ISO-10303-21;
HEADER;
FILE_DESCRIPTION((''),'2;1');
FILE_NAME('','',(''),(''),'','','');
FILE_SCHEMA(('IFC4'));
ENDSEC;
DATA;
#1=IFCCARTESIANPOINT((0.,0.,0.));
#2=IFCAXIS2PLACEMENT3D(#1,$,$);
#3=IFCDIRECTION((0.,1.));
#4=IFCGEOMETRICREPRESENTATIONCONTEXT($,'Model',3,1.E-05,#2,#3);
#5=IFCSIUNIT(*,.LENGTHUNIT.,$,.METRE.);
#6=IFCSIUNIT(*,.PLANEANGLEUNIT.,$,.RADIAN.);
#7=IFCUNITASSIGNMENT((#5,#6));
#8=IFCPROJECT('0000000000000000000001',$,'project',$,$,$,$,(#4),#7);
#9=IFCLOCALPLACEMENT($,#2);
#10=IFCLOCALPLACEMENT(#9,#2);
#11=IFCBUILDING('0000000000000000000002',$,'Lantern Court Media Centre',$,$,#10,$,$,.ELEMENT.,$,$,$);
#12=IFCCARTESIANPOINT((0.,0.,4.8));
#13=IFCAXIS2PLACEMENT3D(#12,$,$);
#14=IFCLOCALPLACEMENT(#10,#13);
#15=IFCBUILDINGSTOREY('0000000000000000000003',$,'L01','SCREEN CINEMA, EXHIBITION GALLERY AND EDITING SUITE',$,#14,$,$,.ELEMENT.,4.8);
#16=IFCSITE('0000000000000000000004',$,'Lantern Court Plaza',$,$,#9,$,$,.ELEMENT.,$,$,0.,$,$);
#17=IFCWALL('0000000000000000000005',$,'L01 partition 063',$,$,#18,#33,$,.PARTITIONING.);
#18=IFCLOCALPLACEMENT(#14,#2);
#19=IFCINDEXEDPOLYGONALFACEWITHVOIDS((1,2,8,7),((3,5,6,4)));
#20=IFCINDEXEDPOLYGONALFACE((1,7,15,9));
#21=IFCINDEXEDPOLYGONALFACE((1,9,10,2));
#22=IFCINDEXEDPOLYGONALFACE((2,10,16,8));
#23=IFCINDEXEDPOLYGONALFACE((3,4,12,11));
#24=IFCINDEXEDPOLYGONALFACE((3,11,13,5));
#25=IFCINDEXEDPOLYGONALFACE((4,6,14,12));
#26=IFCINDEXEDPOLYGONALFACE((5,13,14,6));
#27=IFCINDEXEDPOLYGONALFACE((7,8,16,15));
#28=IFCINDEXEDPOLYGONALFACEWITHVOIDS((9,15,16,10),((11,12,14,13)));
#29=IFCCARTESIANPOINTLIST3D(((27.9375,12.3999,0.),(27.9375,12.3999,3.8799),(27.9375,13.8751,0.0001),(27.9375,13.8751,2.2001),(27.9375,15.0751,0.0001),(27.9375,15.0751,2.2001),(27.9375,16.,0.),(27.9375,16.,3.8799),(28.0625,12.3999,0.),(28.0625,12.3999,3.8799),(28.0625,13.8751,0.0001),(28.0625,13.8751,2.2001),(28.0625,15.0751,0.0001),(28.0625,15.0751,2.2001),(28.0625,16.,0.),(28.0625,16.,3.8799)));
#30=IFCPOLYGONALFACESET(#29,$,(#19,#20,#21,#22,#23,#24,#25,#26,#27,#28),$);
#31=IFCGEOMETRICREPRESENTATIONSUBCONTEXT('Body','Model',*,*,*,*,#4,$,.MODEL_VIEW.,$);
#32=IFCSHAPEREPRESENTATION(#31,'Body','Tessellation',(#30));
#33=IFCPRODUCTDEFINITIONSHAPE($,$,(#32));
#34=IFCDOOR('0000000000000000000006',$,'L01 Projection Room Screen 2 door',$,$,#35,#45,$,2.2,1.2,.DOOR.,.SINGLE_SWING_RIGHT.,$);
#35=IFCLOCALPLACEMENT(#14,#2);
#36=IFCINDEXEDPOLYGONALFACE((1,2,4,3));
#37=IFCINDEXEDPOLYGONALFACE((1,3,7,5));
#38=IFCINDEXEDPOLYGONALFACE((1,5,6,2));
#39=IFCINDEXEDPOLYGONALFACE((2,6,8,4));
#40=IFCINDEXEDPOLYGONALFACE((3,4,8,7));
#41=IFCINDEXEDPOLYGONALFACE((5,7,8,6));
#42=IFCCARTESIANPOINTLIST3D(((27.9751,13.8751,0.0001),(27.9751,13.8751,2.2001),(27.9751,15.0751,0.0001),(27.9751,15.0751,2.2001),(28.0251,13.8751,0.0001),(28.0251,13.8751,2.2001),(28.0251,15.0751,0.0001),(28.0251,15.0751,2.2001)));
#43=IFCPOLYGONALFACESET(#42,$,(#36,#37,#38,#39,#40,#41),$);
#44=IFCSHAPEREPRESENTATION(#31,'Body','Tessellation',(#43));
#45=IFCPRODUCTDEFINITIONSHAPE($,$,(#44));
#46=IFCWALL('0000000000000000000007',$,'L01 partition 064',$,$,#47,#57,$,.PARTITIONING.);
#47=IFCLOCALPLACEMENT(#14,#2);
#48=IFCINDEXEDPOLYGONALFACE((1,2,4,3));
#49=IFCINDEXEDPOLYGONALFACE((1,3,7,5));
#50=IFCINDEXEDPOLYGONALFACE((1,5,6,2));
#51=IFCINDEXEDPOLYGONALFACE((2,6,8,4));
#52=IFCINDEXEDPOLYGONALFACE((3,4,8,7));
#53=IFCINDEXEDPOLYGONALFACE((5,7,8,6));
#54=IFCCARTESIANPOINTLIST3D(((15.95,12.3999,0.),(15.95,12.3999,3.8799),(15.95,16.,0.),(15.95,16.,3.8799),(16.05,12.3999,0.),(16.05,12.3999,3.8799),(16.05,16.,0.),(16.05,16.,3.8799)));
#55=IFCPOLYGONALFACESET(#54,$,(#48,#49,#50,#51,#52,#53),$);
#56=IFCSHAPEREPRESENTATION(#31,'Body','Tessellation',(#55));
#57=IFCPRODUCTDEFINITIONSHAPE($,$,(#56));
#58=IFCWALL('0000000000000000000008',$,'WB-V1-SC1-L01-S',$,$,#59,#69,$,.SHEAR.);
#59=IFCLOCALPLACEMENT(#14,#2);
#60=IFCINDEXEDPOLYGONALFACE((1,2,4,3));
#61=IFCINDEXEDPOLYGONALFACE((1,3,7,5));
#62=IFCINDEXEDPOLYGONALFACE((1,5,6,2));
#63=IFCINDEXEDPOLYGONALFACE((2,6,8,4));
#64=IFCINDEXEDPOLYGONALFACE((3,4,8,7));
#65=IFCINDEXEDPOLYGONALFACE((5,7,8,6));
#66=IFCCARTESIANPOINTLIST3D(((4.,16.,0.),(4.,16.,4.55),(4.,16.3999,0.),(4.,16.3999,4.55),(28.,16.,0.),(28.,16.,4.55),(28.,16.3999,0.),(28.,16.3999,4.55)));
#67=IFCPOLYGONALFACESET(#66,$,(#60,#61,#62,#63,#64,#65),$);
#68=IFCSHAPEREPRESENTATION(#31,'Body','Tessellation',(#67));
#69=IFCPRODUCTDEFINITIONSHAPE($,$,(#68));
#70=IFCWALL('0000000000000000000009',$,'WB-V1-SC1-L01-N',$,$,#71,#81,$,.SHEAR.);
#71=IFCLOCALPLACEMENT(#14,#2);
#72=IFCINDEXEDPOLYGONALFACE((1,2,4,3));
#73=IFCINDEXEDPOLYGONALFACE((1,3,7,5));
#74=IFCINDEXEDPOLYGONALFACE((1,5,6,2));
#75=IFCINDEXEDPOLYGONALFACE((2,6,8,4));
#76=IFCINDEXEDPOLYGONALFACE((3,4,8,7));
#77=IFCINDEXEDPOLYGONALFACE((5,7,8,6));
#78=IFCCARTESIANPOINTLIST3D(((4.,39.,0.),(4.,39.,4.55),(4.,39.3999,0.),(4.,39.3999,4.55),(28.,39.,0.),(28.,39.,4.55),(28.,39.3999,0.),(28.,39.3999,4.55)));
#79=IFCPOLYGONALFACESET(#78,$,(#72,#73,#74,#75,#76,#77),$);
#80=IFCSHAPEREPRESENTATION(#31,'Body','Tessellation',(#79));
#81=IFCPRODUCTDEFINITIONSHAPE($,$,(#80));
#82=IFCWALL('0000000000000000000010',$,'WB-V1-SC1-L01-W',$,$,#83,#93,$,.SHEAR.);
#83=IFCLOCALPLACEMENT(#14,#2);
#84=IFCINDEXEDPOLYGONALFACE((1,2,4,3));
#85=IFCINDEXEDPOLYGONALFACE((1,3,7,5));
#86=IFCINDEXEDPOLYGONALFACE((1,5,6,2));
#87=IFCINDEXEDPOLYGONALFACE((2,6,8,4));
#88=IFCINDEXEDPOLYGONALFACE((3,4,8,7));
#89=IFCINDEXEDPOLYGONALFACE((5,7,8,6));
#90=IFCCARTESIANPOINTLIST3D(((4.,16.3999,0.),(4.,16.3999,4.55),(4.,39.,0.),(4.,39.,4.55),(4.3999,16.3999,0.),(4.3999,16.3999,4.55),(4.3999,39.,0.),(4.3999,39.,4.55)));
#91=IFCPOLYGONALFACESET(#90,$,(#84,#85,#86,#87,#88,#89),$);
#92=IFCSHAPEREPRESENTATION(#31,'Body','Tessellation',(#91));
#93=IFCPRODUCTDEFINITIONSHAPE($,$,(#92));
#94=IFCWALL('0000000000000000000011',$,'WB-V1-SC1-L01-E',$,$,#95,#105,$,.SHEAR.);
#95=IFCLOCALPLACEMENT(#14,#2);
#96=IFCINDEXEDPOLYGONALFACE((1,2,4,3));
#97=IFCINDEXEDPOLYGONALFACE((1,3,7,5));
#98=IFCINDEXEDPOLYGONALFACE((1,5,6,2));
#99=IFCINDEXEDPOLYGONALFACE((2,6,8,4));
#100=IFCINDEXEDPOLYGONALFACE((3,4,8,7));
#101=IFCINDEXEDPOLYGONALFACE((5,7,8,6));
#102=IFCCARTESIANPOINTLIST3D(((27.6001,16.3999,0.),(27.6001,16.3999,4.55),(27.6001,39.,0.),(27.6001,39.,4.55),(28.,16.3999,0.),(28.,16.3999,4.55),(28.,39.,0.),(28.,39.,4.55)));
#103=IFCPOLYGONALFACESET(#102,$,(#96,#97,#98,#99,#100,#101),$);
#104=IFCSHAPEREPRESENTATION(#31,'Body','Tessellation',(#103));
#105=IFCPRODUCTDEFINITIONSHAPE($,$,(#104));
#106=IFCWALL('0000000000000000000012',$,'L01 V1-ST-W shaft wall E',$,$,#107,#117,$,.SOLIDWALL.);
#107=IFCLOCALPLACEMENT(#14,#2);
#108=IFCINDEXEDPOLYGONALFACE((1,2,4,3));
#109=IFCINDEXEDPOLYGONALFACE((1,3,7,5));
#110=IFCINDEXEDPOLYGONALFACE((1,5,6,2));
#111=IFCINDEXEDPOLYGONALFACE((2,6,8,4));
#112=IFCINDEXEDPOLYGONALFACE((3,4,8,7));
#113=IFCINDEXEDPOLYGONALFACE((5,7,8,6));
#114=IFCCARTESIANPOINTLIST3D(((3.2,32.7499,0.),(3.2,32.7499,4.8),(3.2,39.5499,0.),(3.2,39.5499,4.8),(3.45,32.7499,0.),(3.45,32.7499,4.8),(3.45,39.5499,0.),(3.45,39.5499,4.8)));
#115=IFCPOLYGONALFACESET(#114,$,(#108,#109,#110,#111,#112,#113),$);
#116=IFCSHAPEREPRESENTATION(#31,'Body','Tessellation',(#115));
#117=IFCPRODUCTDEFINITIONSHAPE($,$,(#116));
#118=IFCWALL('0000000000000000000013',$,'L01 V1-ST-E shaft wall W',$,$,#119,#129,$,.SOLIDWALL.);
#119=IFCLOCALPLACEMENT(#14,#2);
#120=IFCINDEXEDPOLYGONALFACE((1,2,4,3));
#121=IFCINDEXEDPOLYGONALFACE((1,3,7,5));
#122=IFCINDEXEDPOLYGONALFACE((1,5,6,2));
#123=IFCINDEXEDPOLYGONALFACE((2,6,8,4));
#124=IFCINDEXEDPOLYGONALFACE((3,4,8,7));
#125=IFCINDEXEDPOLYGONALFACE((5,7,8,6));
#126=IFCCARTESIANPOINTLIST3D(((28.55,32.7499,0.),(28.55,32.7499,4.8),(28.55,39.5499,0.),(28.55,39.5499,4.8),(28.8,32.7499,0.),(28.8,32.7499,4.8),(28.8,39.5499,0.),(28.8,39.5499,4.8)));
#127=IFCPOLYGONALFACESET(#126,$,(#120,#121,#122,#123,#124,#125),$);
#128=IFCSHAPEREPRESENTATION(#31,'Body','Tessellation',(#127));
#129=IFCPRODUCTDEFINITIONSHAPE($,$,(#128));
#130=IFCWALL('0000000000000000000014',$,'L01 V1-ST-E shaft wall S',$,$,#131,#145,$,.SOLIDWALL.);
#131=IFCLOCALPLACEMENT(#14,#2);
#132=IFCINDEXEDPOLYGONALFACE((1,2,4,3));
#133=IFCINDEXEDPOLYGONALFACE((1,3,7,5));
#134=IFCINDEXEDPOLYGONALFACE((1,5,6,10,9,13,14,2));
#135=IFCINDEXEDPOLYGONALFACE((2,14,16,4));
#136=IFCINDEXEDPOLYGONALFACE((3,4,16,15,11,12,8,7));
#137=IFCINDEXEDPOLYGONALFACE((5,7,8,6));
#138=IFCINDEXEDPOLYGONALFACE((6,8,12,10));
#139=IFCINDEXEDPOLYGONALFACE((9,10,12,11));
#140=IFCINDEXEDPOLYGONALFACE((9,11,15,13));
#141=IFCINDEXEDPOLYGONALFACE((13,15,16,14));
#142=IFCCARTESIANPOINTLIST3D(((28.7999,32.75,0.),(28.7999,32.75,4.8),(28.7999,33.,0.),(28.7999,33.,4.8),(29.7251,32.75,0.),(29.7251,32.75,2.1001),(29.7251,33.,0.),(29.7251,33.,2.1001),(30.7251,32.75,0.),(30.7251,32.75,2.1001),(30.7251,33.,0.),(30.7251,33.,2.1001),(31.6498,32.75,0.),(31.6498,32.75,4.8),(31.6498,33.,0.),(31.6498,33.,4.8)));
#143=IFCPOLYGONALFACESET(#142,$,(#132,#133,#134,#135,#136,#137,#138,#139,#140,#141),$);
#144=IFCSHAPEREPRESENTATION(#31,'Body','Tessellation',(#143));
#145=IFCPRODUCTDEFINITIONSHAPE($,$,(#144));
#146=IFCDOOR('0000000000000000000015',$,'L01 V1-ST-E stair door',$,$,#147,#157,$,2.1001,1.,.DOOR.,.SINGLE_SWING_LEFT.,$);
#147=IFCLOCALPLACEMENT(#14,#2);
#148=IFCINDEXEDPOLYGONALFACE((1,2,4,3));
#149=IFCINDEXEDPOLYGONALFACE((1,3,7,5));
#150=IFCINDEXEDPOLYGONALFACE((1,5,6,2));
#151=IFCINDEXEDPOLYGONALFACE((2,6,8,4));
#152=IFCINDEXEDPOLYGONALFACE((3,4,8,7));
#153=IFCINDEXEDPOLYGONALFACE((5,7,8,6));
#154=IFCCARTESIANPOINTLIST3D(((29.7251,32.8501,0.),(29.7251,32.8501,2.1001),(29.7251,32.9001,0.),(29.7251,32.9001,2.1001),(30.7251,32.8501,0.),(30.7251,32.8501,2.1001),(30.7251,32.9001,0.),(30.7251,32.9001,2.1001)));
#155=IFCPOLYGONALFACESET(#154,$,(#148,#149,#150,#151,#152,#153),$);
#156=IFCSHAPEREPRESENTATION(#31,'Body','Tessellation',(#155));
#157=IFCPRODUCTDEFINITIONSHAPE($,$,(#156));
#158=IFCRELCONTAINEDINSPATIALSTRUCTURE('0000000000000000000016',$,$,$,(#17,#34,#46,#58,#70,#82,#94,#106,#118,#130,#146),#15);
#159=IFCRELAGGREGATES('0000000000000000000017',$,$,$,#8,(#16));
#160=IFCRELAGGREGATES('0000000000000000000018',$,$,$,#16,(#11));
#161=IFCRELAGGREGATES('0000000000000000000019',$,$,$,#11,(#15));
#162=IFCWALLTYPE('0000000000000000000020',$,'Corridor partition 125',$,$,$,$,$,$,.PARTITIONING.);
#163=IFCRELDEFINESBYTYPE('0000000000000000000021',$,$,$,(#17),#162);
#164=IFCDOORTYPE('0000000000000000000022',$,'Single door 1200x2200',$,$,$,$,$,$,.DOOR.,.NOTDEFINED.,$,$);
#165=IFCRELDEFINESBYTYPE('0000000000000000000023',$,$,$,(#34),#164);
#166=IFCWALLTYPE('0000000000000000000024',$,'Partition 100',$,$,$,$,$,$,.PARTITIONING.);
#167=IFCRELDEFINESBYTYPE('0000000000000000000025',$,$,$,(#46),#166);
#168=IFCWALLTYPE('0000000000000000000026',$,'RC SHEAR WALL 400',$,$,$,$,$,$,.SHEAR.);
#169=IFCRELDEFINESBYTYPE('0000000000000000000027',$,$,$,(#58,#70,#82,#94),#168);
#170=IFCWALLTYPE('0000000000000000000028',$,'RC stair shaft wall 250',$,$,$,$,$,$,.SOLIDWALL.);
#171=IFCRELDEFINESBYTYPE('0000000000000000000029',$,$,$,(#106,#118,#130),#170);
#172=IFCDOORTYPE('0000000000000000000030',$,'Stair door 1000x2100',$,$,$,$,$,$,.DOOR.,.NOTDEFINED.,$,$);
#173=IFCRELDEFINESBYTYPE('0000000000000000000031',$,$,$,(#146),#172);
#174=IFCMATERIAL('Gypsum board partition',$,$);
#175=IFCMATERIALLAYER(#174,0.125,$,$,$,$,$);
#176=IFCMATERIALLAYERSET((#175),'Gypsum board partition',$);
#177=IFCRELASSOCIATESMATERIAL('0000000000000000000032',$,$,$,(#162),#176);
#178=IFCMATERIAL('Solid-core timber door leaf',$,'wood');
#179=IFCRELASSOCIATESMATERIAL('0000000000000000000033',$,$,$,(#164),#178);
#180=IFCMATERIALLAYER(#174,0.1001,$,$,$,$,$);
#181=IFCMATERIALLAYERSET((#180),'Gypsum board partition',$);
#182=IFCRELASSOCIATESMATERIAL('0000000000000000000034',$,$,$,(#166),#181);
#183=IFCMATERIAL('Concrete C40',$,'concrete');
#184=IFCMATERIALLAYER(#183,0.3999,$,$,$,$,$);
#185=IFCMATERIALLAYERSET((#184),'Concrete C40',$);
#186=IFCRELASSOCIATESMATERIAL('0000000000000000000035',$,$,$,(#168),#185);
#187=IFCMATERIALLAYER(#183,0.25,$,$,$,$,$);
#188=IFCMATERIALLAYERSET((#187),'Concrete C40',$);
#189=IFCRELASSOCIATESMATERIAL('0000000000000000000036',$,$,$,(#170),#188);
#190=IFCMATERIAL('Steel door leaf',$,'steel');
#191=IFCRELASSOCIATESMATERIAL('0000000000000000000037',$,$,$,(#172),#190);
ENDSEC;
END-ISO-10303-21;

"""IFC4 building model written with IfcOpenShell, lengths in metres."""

from ifc_helpers import new_model, si_unit, direction, frame, frame_2d, origin, place, context, subcontext, project, spatial, rectangle, extrude, material, layer, layer_set, type_object, element, fill, save


model = new_model("IFC4")

# Units and contexts
model_context = context("Model", 3, precision=1e-05, world=origin(), true_north=direction((0.0, 1.0)))
body_context = subcontext(model_context, "Body", "Model", "MODEL_VIEW")
ifc_project = project(units=[si_unit("LENGTHUNIT", "METRE"), si_unit("PLANEANGLEUNIT", "RADIAN")], contexts=[model_context])

# Site, building, storey
site_placement = place(None, origin())
site = spatial("IfcSite", under=ifc_project, at=site_placement, Name="Lantern Court Plaza", CompositionType="ELEMENT", RefElevation=0.0)
building_placement = place(site_placement, origin())
building = spatial("IfcBuilding", under=site, at=building_placement, Name="Lantern Court Media Centre", CompositionType="ELEMENT")
storey_placement = place(building_placement, frame((0.0, 0.0, 4.8)))
storey = spatial("IfcBuildingStorey", under=building, at=storey_placement, Name="L01", Description="SCREEN CINEMA, EXHIBITION GALLERY AND EDITING SUITE", CompositionType="ELEMENT", Elevation=4.8)

# Wall, opening, door
ifc_material_1 = material(Name="Gypsum board partition")
ifc_layer_1 = layer(ifc_material_1, 0.125)
ifc_layer_set_1 = layer_set([ifc_layer_1], Name="Gypsum board partition")
wall_type_1 = type_object("IfcWallType", Name="Corridor partition 125", PredefinedType="PARTITIONING", material=ifc_layer_set_1)
ifc_material_2 = material(Name="Solid-core timber door leaf", Category="wood")
door_type_1 = type_object("IfcDoorType", Name="Single door 1200x2200", OperationType="NOTDEFINED", PredefinedType="DOOR", material=ifc_material_2)
wall_1_placement = place(storey_placement, frame((28.0, 12.3999, 0.0), z_axis=(0.0, 0.0, 1.0), x_axis=(0.0, 1.0, 0.0)))
wall_1 = element("IfcWall", 1, at=wall_1_placement, inside=storey, type_object=wall_type_1, Name="L01 partition 063", PredefinedType="PARTITIONING", context=body_context, shape_type="SweptSolid", body=[
    extrude(rectangle(XDim=3.6001, YDim=0.125, at=frame_2d((1.8, 0.0))), origin(), (0.0, 0.0, 1.0), 3.8799),
])
opening_1_placement = place(wall_1_placement, frame((1.4751, 0.0, 0.0)))
opening_1 = element("IfcOpeningElement", 2, at=opening_1_placement, cuts=wall_1, PredefinedType="OPENING", context=body_context, shape_type="SweptSolid", body=[
    extrude(rectangle(XDim=1.2, YDim=2.2, at=frame_2d((0.6001, 1.1001))), frame((0.0, 0.0725, 0.0), z_axis=(0.0, -1.0, 0.0), x_axis=(1.0, 0.0, 0.0)), (0.0, 0.0, 1.0), 0.145),
])
door_1_placement = place(opening_1_placement, origin())
door_1 = element("IfcDoor", 3, at=door_1_placement, inside=storey, type_object=door_type_1, Name="L01 Projection Room Screen 2 door", OperationType="SINGLE_SWING_RIGHT", OverallHeight=2.2, OverallWidth=1.2, PredefinedType="DOOR", context=body_context, shape_type="SweptSolid", body=[
    extrude(rectangle(XDim=1.2, YDim=2.2, at=frame_2d((0.6001, 1.1001))), frame((0.0, 0.0249, 0.0), z_axis=(0.0, -1.0, 0.0), x_axis=(1.0, 0.0, 0.0)), (0.0, 0.0, 1.0), 0.05),
])
fill(opening_1, door_1)

# Walls
ifc_layer_2 = layer(ifc_material_1, 0.1001)
ifc_layer_set_2 = layer_set([ifc_layer_2], Name="Gypsum board partition")
wall_type_2 = type_object("IfcWallType", Name="Partition 100", PredefinedType="PARTITIONING", material=ifc_layer_set_2)
wall_2_placement = place(storey_placement, frame((16.0, 12.3999, 0.0), z_axis=(0.0, 0.0, 1.0), x_axis=(0.0, 1.0, 0.0)))
element("IfcWall", 4, at=wall_2_placement, inside=storey, type_object=wall_type_2, Name="L01 partition 064", PredefinedType="PARTITIONING", context=body_context, shape_type="SweptSolid", body=[
    extrude(rectangle(XDim=3.6001, YDim=0.1001, at=frame_2d((1.8, 0.0))), origin(), (0.0, 0.0, 1.0), 3.8799),
])
ifc_material_3 = material(Name="Concrete C40", Category="concrete")
ifc_layer_3 = layer(ifc_material_3, 0.3999)
ifc_layer_set_3 = layer_set([ifc_layer_3], Name="Concrete C40")
wall_type_3 = type_object("IfcWallType", Name="RC SHEAR WALL 400", PredefinedType="SHEAR", material=ifc_layer_set_3)
for number, where, z_axis, x_axis, name in (
    (5, (4.0, 16.2, 0.0), (0.0, 0.0, 1.0), (1.0, 0.0, 0.0), "WB-V1-SC1-L01-S"),
    (6, (4.0, 39.2, 0.0), (0.0, 0.0, 1.0), (1.0, 0.0, 0.0), "WB-V1-SC1-L01-N"),
):
    element("IfcWall", number, at=place(storey_placement, frame(where, z_axis=z_axis, x_axis=x_axis)), inside=storey, type_object=wall_type_3, Name=name, PredefinedType="SHEAR", context=body_context, shape_type="SweptSolid", body=[
        extrude(rectangle(XDim=24.0, YDim=0.3999, at=frame_2d((12.0, 0.0))), origin(), (0.0, 0.0, 1.0), 4.55),
    ])
for number, where, z_axis, x_axis, name in (
    (7, (4.2, 16.3999, 0.0), (0.0, 0.0, 1.0), (0.0, 1.0, 0.0), "WB-V1-SC1-L01-W"),
    (8, (27.8, 16.3999, 0.0), (0.0, 0.0, 1.0), (0.0, 1.0, 0.0), "WB-V1-SC1-L01-E"),
):
    element("IfcWall", number, at=place(storey_placement, frame(where, z_axis=z_axis, x_axis=x_axis)), inside=storey, type_object=wall_type_3, Name=name, PredefinedType="SHEAR", context=body_context, shape_type="SweptSolid", body=[
        extrude(rectangle(XDim=22.6001, YDim=0.3999, at=frame_2d((11.3, 0.0))), origin(), (0.0, 0.0, 1.0), 4.55),
    ])
ifc_layer_4 = layer(ifc_material_3, 0.25)
ifc_layer_set_4 = layer_set([ifc_layer_4], Name="Concrete C40")
wall_type_4 = type_object("IfcWallType", Name="RC stair shaft wall 250", PredefinedType="SOLIDWALL", material=ifc_layer_set_4)
for number, where, z_axis, x_axis, name in (
    (9, (3.325, 32.75, 0.0), (0.0, 0.0, 1.0), (0.0, 1.0, 0.0), "L01 V1-ST-W shaft wall E"),
    (10, (28.675, 32.75, 0.0), (0.0, 0.0, 1.0), (0.0, 1.0, 0.0), "L01 V1-ST-E shaft wall W"),
):
    element("IfcWall", number, at=place(storey_placement, frame(where, z_axis=z_axis, x_axis=x_axis)), inside=storey, type_object=wall_type_4, Name=name, PredefinedType="SOLIDWALL", context=body_context, shape_type="SweptSolid", body=[
        extrude(rectangle(XDim=6.8, YDim=0.25, at=frame_2d((3.3999, 0.0))), origin(), (0.0, 0.0, 1.0), 4.8),
    ])

# Wall, opening, door
wall_3_placement = place(storey_placement, frame((28.8, 32.875, 0.0), z_axis=(0.0, 0.0, 1.0), x_axis=(1.0, 0.0, 0.0)))
wall_3 = element("IfcWall", 11, at=wall_3_placement, inside=storey, type_object=wall_type_4, Name="L01 V1-ST-E shaft wall S", PredefinedType="SOLIDWALL", context=body_context, shape_type="SweptSolid", body=[
    extrude(rectangle(XDim=2.8499, YDim=0.25, at=frame_2d((1.4248, 0.0))), origin(), (0.0, 0.0, 1.0), 4.8),
])
opening_2_placement = place(wall_3_placement, frame((0.925, 0.0, 0.0)))
opening_2 = element("IfcOpeningElement", 12, at=opening_2_placement, cuts=wall_3, PredefinedType="OPENING", context=body_context, shape_type="SweptSolid", body=[
    extrude(rectangle(XDim=1.0, YDim=2.1001, at=frame_2d((0.5, 1.05))), frame((0.0, 0.135, 0.0), z_axis=(0.0, -1.0, 0.0), x_axis=(1.0, 0.0, 0.0)), (0.0, 0.0, 1.0), 0.27),
])
ifc_material_4 = material(Name="Steel door leaf", Category="steel")
door_type_2 = type_object("IfcDoorType", Name="Stair door 1000x2100", OperationType="NOTDEFINED", PredefinedType="DOOR", material=ifc_material_4)
door_2_placement = place(opening_2_placement, frame((1.0, 0.0, 0.0), z_axis=(0.0, 0.0, 1.0), x_axis=(-1.0, 0.0, 0.0)))
door_2 = element("IfcDoor", 13, at=door_2_placement, inside=storey, type_object=door_type_2, Name="L01 V1-ST-E stair door", OperationType="SINGLE_SWING_LEFT", OverallHeight=2.1001, OverallWidth=1.0, PredefinedType="DOOR", context=body_context, shape_type="SweptSolid", body=[
    extrude(rectangle(XDim=1.0, YDim=2.1001, at=frame_2d((0.5, 1.05))), frame((0.0, 0.0249, 0.0), z_axis=(0.0, -1.0, 0.0), x_axis=(1.0, 0.0, 0.0)), (0.0, 0.0, 1.0), 0.05),
])
fill(opening_2, door_2)

save(model, "model.ifc")
